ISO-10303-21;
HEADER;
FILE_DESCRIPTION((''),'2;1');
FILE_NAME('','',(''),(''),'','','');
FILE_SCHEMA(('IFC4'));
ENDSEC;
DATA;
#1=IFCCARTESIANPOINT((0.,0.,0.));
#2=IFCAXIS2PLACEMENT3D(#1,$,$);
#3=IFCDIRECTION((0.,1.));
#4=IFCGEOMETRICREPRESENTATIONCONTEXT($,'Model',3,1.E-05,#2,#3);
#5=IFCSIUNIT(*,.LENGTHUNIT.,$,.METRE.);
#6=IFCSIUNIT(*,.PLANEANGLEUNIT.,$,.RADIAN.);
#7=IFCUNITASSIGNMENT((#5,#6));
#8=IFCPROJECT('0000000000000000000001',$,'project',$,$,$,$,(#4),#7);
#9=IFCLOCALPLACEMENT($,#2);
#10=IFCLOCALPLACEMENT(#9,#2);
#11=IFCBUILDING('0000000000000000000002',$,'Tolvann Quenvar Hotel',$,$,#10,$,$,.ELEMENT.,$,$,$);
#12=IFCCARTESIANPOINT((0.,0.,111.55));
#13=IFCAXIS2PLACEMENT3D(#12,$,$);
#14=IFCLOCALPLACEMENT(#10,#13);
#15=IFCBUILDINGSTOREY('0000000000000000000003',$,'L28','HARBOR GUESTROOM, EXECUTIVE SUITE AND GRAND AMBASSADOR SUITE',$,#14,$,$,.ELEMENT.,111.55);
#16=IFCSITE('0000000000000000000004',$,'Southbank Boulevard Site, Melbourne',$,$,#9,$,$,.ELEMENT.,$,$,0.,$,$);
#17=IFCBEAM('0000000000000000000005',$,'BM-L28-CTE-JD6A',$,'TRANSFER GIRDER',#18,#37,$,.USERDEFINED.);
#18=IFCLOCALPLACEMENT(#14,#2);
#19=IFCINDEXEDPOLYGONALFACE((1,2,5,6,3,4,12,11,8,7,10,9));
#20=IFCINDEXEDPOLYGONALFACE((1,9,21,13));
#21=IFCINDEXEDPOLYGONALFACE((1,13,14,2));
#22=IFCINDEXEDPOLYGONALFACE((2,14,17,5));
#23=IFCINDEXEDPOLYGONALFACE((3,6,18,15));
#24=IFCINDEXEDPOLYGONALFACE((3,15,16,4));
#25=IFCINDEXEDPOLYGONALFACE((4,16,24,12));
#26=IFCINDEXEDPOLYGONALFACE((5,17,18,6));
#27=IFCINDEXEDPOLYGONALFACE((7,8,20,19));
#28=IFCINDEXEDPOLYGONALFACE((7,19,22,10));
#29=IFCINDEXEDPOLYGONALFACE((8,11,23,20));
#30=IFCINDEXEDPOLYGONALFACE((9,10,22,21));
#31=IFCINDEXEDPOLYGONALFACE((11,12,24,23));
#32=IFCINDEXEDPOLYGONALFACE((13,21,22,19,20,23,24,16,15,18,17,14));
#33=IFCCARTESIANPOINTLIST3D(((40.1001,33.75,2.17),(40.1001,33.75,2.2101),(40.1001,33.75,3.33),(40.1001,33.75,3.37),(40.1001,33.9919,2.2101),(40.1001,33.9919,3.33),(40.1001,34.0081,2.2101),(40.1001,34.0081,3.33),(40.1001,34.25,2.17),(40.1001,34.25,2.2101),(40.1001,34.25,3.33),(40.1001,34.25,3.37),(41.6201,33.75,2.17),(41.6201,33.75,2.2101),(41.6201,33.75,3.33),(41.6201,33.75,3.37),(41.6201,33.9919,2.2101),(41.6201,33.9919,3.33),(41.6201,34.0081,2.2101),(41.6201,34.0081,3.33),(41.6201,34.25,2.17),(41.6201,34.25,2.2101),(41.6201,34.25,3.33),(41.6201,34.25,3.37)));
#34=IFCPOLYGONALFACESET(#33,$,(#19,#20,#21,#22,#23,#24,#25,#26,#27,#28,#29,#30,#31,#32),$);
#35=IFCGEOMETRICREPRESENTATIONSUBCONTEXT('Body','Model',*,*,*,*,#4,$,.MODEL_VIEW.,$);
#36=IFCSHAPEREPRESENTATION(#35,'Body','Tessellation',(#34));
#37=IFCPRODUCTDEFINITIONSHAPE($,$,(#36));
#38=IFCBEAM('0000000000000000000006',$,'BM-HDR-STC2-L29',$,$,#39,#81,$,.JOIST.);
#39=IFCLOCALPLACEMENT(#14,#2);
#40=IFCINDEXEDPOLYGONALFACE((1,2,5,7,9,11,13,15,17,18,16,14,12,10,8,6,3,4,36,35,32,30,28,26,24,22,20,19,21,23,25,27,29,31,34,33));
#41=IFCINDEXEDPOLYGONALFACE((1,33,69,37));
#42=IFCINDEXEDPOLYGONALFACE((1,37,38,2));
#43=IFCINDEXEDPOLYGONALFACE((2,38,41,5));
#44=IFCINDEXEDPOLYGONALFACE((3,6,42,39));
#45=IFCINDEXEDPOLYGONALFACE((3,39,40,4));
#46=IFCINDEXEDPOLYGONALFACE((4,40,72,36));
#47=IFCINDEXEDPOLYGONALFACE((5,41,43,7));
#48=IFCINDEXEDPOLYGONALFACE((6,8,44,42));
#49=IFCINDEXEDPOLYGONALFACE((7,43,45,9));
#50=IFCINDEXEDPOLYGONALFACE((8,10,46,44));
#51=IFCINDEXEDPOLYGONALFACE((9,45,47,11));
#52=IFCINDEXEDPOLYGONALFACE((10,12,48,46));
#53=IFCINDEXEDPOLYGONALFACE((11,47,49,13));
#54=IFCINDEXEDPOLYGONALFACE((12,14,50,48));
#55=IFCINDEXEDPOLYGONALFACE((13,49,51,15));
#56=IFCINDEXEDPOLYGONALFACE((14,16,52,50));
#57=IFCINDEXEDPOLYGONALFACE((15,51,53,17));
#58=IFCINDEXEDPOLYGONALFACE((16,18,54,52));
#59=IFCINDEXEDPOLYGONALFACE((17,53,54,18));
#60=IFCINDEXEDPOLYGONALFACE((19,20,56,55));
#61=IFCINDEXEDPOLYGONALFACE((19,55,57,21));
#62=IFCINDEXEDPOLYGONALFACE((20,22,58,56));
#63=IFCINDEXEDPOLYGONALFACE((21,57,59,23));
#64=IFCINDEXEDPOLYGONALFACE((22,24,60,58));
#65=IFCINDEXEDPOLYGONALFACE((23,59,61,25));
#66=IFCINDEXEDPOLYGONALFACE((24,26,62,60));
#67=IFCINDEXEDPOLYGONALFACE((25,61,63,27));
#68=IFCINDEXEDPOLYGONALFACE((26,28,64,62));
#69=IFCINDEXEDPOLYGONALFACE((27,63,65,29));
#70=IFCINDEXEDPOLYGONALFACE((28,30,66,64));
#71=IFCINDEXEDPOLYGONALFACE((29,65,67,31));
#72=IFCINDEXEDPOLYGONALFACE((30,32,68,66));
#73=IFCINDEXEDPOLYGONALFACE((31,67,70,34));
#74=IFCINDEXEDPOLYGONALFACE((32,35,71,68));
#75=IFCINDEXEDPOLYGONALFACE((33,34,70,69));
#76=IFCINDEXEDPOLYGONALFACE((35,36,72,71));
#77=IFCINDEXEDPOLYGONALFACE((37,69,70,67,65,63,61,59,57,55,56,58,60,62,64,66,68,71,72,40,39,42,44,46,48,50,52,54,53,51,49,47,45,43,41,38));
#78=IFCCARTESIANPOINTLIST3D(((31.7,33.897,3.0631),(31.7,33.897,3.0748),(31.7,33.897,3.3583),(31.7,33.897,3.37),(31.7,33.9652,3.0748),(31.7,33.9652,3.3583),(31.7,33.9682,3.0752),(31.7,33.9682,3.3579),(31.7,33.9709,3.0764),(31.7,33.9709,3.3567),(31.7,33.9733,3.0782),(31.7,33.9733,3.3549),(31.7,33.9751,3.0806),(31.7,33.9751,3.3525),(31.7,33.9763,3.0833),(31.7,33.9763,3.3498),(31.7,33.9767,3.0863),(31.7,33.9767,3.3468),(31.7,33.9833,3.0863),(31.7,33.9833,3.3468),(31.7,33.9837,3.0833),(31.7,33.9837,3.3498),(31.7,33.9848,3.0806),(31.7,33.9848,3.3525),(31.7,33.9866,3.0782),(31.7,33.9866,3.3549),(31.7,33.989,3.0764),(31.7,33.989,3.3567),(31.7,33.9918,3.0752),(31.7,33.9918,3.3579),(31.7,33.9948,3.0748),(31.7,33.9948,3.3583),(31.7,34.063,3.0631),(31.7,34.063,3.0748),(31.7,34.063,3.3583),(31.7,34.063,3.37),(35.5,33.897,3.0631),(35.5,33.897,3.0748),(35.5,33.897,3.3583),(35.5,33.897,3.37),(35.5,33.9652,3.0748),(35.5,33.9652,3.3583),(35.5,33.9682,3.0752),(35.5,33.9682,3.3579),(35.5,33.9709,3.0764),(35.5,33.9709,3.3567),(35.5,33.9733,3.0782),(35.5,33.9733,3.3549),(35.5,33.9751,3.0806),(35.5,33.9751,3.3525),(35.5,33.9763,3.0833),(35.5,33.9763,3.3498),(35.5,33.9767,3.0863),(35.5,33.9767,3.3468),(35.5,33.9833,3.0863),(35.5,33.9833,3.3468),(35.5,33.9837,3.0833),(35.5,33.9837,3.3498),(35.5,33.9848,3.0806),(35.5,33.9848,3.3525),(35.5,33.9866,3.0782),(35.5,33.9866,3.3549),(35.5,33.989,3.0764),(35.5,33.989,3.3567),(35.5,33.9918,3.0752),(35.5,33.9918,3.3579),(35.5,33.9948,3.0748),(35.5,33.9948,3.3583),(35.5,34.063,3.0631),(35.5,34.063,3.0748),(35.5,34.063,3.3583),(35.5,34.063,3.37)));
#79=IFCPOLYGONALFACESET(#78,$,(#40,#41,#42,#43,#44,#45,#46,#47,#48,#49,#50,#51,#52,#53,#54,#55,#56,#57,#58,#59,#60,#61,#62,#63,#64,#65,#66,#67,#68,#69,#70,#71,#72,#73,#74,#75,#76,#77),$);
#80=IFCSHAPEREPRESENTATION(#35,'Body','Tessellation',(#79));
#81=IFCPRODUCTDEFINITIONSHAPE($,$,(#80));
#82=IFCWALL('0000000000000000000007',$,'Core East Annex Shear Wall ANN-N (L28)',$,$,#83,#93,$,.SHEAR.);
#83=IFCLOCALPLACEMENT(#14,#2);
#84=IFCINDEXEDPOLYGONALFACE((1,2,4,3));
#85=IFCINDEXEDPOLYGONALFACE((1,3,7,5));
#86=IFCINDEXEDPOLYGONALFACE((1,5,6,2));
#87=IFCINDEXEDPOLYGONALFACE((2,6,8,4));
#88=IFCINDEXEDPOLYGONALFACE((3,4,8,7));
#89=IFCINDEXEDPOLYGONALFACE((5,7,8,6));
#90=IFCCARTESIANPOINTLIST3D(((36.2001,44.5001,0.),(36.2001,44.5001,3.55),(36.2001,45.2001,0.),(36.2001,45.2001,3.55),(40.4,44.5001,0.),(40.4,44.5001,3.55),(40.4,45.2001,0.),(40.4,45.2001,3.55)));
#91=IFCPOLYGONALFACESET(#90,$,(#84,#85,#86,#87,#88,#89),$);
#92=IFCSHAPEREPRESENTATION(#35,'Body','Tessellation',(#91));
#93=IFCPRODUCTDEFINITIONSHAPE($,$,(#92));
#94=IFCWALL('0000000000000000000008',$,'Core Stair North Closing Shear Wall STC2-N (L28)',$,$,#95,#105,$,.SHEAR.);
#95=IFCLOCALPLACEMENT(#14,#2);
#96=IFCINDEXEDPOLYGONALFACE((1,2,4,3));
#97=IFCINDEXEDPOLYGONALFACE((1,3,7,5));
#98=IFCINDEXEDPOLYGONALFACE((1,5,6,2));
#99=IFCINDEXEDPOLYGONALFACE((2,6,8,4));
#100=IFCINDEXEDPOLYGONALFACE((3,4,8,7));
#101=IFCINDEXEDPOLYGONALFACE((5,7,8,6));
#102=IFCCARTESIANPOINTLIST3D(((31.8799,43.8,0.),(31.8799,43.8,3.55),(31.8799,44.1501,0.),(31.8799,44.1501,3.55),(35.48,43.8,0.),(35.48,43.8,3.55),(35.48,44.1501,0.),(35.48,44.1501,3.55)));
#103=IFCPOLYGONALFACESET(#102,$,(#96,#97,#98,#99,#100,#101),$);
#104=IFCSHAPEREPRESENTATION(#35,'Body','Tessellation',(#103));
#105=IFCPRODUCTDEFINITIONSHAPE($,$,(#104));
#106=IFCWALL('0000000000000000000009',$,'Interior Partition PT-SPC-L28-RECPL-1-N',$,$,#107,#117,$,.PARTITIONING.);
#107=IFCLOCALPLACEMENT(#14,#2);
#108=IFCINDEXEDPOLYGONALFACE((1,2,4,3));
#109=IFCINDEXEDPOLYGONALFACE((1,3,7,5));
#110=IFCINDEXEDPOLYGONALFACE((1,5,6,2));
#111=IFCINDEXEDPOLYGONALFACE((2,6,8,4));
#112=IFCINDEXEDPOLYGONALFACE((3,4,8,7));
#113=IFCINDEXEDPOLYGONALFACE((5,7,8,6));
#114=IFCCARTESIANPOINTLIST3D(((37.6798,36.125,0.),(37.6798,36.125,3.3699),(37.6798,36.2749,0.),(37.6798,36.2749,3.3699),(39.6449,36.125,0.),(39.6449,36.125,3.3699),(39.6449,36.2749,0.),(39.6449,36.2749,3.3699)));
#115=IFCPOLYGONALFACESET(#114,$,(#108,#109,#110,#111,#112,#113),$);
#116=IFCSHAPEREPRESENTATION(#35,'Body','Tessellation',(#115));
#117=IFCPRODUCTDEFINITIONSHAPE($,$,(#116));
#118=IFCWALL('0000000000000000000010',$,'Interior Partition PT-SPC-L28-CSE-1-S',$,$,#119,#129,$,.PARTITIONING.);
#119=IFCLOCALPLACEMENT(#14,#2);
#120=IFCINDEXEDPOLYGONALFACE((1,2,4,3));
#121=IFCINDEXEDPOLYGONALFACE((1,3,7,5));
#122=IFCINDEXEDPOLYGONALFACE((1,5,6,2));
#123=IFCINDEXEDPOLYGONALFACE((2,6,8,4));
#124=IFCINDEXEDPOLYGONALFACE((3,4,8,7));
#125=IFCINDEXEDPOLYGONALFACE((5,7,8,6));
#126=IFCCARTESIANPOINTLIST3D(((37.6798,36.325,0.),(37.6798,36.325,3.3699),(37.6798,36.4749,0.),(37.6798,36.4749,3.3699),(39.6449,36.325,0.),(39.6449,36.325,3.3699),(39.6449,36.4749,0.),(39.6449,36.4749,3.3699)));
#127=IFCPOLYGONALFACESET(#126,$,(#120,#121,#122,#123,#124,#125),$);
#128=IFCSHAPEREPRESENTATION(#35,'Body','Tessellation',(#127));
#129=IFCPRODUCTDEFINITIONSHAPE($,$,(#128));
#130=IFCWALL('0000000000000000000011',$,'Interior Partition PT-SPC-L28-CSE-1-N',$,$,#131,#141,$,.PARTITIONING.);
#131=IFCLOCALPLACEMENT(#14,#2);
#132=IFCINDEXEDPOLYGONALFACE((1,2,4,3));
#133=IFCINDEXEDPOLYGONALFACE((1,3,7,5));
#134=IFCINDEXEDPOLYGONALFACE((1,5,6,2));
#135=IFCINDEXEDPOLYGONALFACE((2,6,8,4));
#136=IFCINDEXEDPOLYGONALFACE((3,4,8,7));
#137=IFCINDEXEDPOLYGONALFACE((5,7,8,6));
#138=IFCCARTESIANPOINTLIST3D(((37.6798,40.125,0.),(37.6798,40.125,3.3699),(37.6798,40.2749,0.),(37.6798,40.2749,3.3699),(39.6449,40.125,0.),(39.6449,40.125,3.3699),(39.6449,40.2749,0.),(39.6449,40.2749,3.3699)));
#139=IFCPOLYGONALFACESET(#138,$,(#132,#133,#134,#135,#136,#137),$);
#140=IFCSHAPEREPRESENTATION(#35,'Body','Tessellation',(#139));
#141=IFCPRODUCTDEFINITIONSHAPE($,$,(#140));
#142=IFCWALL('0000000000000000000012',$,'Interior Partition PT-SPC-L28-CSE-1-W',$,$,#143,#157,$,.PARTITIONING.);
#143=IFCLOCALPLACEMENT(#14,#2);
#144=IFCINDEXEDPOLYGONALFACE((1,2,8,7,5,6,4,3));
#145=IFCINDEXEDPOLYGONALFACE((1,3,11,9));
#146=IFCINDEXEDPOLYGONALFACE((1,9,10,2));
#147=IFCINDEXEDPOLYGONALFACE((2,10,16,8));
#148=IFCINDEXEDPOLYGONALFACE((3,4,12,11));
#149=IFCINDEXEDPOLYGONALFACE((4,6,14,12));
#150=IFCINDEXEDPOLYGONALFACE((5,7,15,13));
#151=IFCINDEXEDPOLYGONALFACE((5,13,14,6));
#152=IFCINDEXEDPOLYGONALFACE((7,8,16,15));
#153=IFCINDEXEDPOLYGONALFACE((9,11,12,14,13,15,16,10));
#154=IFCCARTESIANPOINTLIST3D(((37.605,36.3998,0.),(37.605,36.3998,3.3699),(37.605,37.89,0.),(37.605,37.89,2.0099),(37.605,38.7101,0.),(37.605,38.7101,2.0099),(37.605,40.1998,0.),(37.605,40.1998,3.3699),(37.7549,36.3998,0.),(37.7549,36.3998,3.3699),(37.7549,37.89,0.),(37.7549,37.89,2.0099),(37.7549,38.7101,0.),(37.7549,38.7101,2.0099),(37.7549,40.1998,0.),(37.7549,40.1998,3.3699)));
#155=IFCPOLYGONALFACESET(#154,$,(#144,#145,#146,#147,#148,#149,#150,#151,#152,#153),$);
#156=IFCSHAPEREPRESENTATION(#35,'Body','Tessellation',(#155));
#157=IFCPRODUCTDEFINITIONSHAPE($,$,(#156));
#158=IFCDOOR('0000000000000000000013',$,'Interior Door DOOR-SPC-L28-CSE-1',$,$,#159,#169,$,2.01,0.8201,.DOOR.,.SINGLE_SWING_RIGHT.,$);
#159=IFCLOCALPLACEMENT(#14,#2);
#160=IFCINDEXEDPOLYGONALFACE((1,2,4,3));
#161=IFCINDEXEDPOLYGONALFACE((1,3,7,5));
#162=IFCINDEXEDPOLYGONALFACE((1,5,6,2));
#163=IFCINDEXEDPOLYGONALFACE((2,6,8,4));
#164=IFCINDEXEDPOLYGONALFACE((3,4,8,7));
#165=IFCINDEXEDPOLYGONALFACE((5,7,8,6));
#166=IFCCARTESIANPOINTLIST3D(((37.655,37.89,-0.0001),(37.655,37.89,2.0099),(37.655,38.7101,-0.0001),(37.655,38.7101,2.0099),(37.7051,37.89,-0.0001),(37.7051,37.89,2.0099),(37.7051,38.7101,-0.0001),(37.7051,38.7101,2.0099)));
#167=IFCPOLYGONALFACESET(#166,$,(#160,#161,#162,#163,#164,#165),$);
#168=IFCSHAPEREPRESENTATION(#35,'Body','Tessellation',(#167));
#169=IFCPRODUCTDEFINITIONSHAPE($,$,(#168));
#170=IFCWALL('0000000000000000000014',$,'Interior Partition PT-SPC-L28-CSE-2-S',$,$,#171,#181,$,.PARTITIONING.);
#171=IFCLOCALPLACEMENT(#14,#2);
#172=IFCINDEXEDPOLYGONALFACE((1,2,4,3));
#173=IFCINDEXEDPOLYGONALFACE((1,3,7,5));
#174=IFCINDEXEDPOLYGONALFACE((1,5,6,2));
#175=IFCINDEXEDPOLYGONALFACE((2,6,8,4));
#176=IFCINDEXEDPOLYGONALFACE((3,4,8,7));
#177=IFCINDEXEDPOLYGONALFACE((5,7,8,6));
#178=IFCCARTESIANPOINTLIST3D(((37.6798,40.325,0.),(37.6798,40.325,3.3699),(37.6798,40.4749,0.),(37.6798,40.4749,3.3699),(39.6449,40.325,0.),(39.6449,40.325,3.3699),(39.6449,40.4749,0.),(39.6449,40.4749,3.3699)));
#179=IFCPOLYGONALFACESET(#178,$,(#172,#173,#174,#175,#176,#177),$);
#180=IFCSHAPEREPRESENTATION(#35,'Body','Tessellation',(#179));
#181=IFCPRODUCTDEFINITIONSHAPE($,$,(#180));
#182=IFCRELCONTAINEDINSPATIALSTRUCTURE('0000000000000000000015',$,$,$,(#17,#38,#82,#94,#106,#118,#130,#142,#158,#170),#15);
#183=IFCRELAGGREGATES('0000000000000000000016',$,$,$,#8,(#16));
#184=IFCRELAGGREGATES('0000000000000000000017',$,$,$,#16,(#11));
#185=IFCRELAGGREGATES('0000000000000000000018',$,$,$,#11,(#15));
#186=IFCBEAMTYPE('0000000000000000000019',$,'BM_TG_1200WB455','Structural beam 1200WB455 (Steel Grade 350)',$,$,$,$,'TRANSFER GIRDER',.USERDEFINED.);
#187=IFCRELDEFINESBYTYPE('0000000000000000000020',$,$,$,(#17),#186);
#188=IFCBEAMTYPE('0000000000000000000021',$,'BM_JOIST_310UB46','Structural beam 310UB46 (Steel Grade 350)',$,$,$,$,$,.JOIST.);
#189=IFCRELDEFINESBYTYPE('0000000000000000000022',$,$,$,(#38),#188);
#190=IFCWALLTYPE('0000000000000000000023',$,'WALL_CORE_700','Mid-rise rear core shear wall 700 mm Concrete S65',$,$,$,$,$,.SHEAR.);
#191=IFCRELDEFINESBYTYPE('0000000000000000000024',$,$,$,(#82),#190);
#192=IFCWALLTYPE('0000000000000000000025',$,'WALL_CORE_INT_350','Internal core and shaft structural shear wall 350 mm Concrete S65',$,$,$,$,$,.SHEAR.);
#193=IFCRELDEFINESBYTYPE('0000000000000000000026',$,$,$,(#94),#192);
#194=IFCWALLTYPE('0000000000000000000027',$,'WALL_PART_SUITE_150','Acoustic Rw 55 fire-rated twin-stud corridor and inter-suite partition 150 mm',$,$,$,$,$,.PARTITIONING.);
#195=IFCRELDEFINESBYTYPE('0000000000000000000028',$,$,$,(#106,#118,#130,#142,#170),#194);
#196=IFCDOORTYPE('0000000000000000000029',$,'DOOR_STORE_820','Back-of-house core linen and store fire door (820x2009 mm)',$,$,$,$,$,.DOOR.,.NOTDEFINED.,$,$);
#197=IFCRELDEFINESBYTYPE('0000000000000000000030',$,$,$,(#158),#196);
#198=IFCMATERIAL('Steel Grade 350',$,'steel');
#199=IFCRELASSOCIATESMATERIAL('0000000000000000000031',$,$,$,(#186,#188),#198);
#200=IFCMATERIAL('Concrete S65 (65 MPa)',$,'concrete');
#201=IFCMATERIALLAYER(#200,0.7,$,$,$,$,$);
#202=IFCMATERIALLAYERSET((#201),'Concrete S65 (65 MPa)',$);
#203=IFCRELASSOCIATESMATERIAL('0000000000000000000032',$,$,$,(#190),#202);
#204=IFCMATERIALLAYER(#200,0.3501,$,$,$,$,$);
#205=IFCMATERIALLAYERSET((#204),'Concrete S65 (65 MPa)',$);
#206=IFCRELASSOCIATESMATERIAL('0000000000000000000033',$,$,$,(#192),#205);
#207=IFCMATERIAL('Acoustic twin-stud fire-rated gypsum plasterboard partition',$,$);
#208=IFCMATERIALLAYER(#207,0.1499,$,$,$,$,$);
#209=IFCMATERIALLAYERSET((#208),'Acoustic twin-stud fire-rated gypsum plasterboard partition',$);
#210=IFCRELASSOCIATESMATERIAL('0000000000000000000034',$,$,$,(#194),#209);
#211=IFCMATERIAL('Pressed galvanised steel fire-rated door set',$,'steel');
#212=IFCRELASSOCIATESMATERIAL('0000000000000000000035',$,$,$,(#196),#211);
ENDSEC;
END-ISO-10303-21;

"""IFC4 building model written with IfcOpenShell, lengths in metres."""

from ifc_helpers import new_model, si_unit, direction, frame, frame_2d, origin, origin_2d, place, context, subcontext, project, spatial, rectangle, i_section, extrude, source, transform, mapped, material, layer, layer_set, material_profile, profile_set, type_object, type_shapes, element, fill, save


model = new_model("IFC4")

# Units and contexts
model_context = context("Model", 3, precision=1e-05, world=origin(), true_north=direction((0.0, 1.0)))
body_context = subcontext(model_context, "Body", "Model", "MODEL_VIEW")
ifc_project = project(units=[si_unit("LENGTHUNIT", "METRE"), si_unit("PLANEANGLEUNIT", "RADIAN")], contexts=[model_context])

# Site, building, storey
site_placement = place(None, origin())
site = spatial("IfcSite", under=ifc_project, at=site_placement, Name="Southbank Boulevard Site, Melbourne", CompositionType="ELEMENT", RefElevation=0.0)
building_placement = place(site_placement, origin())
building = spatial("IfcBuilding", under=site, at=building_placement, Name="Tolvann Quenvar Hotel", CompositionType="ELEMENT")
storey_placement = place(building_placement, frame((0.0, 0.0, 111.55)))
storey = spatial("IfcBuildingStorey", under=building, at=storey_placement, Name="L28", Description="HARBOR GUESTROOM, EXECUTIVE SUITE AND GRAND AMBASSADOR SUITE", CompositionType="ELEMENT", Elevation=111.55)

# Beams
ifc_material_1 = material(Name="Steel Grade 350", Category="steel")
ifc_material_profile_1 = material_profile(ifc_material_1, i_section(OverallWidth=0.5, OverallDepth=1.2, WebThickness=0.0161, FlangeThickness=0.04, at=origin_2d()), Name="1200WB455")
ifc_profile_set_1 = profile_set([ifc_material_profile_1], Name="Steel Grade 350")
beam_type_1 = type_object("IfcBeamType", Name="BM_TG_1200WB455", Description="Structural beam 1200WB455 (Steel Grade 350)", ElementType="TRANSFER GIRDER", PredefinedType="USERDEFINED", material=ifc_profile_set_1)
shared_shape_1 = source(origin(), body_context, "Body", "SweptSolid", [
    extrude(i_section(OverallWidth=0.5, OverallDepth=1.2, WebThickness=0.0161, FlangeThickness=0.04, at=origin_2d()), origin(), (0.0, 0.0, 1.0), 1.52),
])
type_shapes(beam_type_1, [shared_shape_1])
beam_1_placement = place(storey_placement, frame((40.1001, 34.0, 2.77), z_axis=(1.0, 0.0, 0.0), x_axis=(0.0, 1.0, 0.0)))
element("IfcBeam", 1, at=beam_1_placement, inside=storey, type_object=beam_type_1, Name="BM-L28-CTE-JD6A", ObjectType="TRANSFER GIRDER", PredefinedType="USERDEFINED", context=body_context, shape_type="MappedRepresentation", body=[
    mapped(shared_shape_1, transform((0.0, 0.0, 0.0), x_axis=(1.0, 0.0, 0.0), y_axis=(0.0, 1.0, 0.0), z_axis=(0.0, 0.0, 1.0), scale=1.0)),
])
ifc_material_profile_2 = material_profile(ifc_material_1, i_section(OverallWidth=0.166, OverallDepth=0.3069, WebThickness=0.0066, FlangeThickness=0.0117, FilletRadius=0.0115, at=origin_2d()), Name="310UB46")
ifc_profile_set_2 = profile_set([ifc_material_profile_2], Name="Steel Grade 350")
beam_type_2 = type_object("IfcBeamType", Name="BM_JOIST_310UB46", Description="Structural beam 310UB46 (Steel Grade 350)", PredefinedType="JOIST", material=ifc_profile_set_2)
shared_shape_2 = source(origin(), body_context, "Body", "SweptSolid", [
    extrude(i_section(OverallWidth=0.166, OverallDepth=0.3069, WebThickness=0.0066, FlangeThickness=0.0117, FilletRadius=0.0115, at=origin_2d()), origin(), (0.0, 0.0, 1.0), 3.8),
])
type_shapes(beam_type_2, [shared_shape_2])
beam_2_placement = place(storey_placement, frame((31.7, 33.98, 3.2166), z_axis=(1.0, 0.0, 0.0), x_axis=(0.0, 1.0, 0.0)))
element("IfcBeam", 2, at=beam_2_placement, inside=storey, type_object=beam_type_2, Name="BM-HDR-STC2-L29", PredefinedType="JOIST", context=body_context, shape_type="MappedRepresentation", body=[
    mapped(shared_shape_2, transform((0.0, 0.0, 0.0), x_axis=(1.0, 0.0, 0.0), y_axis=(0.0, 1.0, 0.0), z_axis=(0.0, 0.0, 1.0), scale=1.0)),
])

# Walls
ifc_material_2 = material(Name="Concrete S65 (65 MPa)", Category="concrete")
ifc_layer_1 = layer(ifc_material_2, 0.7)
ifc_layer_set_1 = layer_set([ifc_layer_1], Name="Concrete S65 (65 MPa)")
wall_type_1 = type_object("IfcWallType", Name="WALL_CORE_700", Description="Mid-rise rear core shear wall 700 mm Concrete S65", PredefinedType="SHEAR", material=ifc_layer_set_1)
wall_1_placement = place(storey_placement, frame((36.2, 44.8501, 0.0), z_axis=(0.0, 0.0, 1.0), x_axis=(1.0, 0.0, 0.0)))
element("IfcWall", 3, at=wall_1_placement, inside=storey, type_object=wall_type_1, Name="Core East Annex Shear Wall ANN-N (L28)", PredefinedType="SHEAR", context=body_context, shape_type="SweptSolid", body=[
    extrude(rectangle(XDim=4.2, YDim=0.7, at=frame_2d((2.1001, 0.0))), origin(), (0.0, 0.0, 1.0), 3.55),
])
ifc_layer_2 = layer(ifc_material_2, 0.3501)
ifc_layer_set_2 = layer_set([ifc_layer_2], Name="Concrete S65 (65 MPa)")
wall_type_2 = type_object("IfcWallType", Name="WALL_CORE_INT_350", Description="Internal core and shaft structural shear wall 350 mm Concrete S65", PredefinedType="SHEAR", material=ifc_layer_set_2)
wall_2_placement = place(storey_placement, frame((31.8799, 43.9751, 0.0), z_axis=(0.0, 0.0, 1.0), x_axis=(1.0, 0.0, 0.0)))
element("IfcWall", 4, at=wall_2_placement, inside=storey, type_object=wall_type_2, Name="Core Stair North Closing Shear Wall STC2-N (L28)", PredefinedType="SHEAR", context=body_context, shape_type="SweptSolid", body=[
    extrude(rectangle(XDim=3.6001, YDim=0.3501, at=frame_2d((1.8, 0.0))), origin(), (0.0, 0.0, 1.0), 3.55),
])
ifc_material_3 = material(Name="Acoustic twin-stud fire-rated gypsum plasterboard partition")
ifc_layer_3 = layer(ifc_material_3, 0.1499)
ifc_layer_set_3 = layer_set([ifc_layer_3], Name="Acoustic twin-stud fire-rated gypsum plasterboard partition")
wall_type_3 = type_object("IfcWallType", Name="WALL_PART_SUITE_150", Description="Acoustic Rw 55 fire-rated twin-stud corridor and inter-suite partition 150 mm", PredefinedType="PARTITIONING", material=ifc_layer_set_3)
for number, where, z_axis, x_axis, name in (
    (5, (37.6799, 36.2, 0.0), (0.0, 0.0, 1.0), (1.0, 0.0, 0.0), "Interior Partition PT-SPC-L28-RECPL-1-N"),
    (6, (37.6799, 36.3999, 0.0), (0.0, 0.0, 1.0), (1.0, 0.0, 0.0), "Interior Partition PT-SPC-L28-CSE-1-S"),
    (7, (37.6799, 40.2, 0.0), (0.0, 0.0, 1.0), (1.0, 0.0, 0.0), "Interior Partition PT-SPC-L28-CSE-1-N"),
):
    element("IfcWall", number, at=place(storey_placement, frame(where, z_axis=z_axis, x_axis=x_axis)), inside=storey, type_object=wall_type_3, Name=name, PredefinedType="PARTITIONING", context=body_context, shape_type="SweptSolid", body=[
        extrude(rectangle(XDim=1.9651, YDim=0.1499, at=frame_2d((0.9824, 0.0))), origin(), (0.0, 0.0, 1.0), 3.3699),
    ])

# Wall, opening, door
wall_3_placement = place(storey_placement, frame((37.6799, 36.3999, 0.0), z_axis=(0.0, 0.0, 1.0), x_axis=(0.0, 1.0, 0.0)))
wall_3 = element("IfcWall", 8, at=wall_3_placement, inside=storey, type_object=wall_type_3, Name="Interior Partition PT-SPC-L28-CSE-1-W", PredefinedType="PARTITIONING", context=body_context, shape_type="SweptSolid", body=[
    extrude(rectangle(XDim=3.8, YDim=0.1499, at=frame_2d((1.8999, 0.0))), origin(), (0.0, 0.0, 1.0), 3.3699),
])
opening_1_placement = place(wall_3_placement, frame((1.49, 0.0, 0.0)))
opening_1 = element("IfcOpeningElement", 9, at=opening_1_placement, cuts=wall_3, PredefinedType="OPENING", context=body_context, shape_type="SweptSolid", body=[
    extrude(rectangle(XDim=0.8201, YDim=2.01, at=frame_2d((0.4102, 1.0049))), frame((0.0, 0.085, 0.0), z_axis=(0.0, -1.0, 0.0), x_axis=(1.0, 0.0, 0.0)), (0.0, 0.0, 1.0), 0.1699),
])
ifc_material_4 = material(Name="Pressed galvanised steel fire-rated door set", Category="steel")
door_type_1 = type_object("IfcDoorType", Name="DOOR_STORE_820", Description="Back-of-house core linen and store fire door (820x2009 mm)", OperationType="NOTDEFINED", PredefinedType="DOOR", material=ifc_material_4)
shared_shape_3 = source(origin(), body_context, "Body", "SweptSolid", [
    extrude(rectangle(XDim=0.8201, YDim=2.01, at=frame_2d((0.4102, 1.0049))), frame((0.0, 0.0249, 0.0), z_axis=(0.0, -1.0, 0.0), x_axis=(1.0, 0.0, 0.0)), (0.0, 0.0, 1.0), 0.05),
])
type_shapes(door_type_1, [shared_shape_3])
door_1_placement = place(opening_1_placement, origin())
door_1 = element("IfcDoor", 10, at=door_1_placement, inside=storey, type_object=door_type_1, Name="Interior Door DOOR-SPC-L28-CSE-1", OperationType="SINGLE_SWING_RIGHT", OverallHeight=2.01, OverallWidth=0.8201, PredefinedType="DOOR", context=body_context, shape_type="MappedRepresentation", body=[
    mapped(shared_shape_3, transform((0.0, 0.0, 0.0), x_axis=(1.0, 0.0, 0.0), y_axis=(0.0, 1.0, 0.0), z_axis=(0.0, 0.0, 1.0), scale=1.0)),
])
fill(opening_1, door_1)

# Wall
wall_4_placement = place(storey_placement, frame((37.6799, 40.3999, 0.0), z_axis=(0.0, 0.0, 1.0), x_axis=(1.0, 0.0, 0.0)))
element("IfcWall", 11, at=wall_4_placement, inside=storey, type_object=wall_type_3, Name="Interior Partition PT-SPC-L28-CSE-2-S", PredefinedType="PARTITIONING", context=body_context, shape_type="SweptSolid", body=[
    extrude(rectangle(XDim=1.9651, YDim=0.1499, at=frame_2d((0.9824, 0.0))), origin(), (0.0, 0.0, 1.0), 3.3699),
])

save(model, "model.ifc")
